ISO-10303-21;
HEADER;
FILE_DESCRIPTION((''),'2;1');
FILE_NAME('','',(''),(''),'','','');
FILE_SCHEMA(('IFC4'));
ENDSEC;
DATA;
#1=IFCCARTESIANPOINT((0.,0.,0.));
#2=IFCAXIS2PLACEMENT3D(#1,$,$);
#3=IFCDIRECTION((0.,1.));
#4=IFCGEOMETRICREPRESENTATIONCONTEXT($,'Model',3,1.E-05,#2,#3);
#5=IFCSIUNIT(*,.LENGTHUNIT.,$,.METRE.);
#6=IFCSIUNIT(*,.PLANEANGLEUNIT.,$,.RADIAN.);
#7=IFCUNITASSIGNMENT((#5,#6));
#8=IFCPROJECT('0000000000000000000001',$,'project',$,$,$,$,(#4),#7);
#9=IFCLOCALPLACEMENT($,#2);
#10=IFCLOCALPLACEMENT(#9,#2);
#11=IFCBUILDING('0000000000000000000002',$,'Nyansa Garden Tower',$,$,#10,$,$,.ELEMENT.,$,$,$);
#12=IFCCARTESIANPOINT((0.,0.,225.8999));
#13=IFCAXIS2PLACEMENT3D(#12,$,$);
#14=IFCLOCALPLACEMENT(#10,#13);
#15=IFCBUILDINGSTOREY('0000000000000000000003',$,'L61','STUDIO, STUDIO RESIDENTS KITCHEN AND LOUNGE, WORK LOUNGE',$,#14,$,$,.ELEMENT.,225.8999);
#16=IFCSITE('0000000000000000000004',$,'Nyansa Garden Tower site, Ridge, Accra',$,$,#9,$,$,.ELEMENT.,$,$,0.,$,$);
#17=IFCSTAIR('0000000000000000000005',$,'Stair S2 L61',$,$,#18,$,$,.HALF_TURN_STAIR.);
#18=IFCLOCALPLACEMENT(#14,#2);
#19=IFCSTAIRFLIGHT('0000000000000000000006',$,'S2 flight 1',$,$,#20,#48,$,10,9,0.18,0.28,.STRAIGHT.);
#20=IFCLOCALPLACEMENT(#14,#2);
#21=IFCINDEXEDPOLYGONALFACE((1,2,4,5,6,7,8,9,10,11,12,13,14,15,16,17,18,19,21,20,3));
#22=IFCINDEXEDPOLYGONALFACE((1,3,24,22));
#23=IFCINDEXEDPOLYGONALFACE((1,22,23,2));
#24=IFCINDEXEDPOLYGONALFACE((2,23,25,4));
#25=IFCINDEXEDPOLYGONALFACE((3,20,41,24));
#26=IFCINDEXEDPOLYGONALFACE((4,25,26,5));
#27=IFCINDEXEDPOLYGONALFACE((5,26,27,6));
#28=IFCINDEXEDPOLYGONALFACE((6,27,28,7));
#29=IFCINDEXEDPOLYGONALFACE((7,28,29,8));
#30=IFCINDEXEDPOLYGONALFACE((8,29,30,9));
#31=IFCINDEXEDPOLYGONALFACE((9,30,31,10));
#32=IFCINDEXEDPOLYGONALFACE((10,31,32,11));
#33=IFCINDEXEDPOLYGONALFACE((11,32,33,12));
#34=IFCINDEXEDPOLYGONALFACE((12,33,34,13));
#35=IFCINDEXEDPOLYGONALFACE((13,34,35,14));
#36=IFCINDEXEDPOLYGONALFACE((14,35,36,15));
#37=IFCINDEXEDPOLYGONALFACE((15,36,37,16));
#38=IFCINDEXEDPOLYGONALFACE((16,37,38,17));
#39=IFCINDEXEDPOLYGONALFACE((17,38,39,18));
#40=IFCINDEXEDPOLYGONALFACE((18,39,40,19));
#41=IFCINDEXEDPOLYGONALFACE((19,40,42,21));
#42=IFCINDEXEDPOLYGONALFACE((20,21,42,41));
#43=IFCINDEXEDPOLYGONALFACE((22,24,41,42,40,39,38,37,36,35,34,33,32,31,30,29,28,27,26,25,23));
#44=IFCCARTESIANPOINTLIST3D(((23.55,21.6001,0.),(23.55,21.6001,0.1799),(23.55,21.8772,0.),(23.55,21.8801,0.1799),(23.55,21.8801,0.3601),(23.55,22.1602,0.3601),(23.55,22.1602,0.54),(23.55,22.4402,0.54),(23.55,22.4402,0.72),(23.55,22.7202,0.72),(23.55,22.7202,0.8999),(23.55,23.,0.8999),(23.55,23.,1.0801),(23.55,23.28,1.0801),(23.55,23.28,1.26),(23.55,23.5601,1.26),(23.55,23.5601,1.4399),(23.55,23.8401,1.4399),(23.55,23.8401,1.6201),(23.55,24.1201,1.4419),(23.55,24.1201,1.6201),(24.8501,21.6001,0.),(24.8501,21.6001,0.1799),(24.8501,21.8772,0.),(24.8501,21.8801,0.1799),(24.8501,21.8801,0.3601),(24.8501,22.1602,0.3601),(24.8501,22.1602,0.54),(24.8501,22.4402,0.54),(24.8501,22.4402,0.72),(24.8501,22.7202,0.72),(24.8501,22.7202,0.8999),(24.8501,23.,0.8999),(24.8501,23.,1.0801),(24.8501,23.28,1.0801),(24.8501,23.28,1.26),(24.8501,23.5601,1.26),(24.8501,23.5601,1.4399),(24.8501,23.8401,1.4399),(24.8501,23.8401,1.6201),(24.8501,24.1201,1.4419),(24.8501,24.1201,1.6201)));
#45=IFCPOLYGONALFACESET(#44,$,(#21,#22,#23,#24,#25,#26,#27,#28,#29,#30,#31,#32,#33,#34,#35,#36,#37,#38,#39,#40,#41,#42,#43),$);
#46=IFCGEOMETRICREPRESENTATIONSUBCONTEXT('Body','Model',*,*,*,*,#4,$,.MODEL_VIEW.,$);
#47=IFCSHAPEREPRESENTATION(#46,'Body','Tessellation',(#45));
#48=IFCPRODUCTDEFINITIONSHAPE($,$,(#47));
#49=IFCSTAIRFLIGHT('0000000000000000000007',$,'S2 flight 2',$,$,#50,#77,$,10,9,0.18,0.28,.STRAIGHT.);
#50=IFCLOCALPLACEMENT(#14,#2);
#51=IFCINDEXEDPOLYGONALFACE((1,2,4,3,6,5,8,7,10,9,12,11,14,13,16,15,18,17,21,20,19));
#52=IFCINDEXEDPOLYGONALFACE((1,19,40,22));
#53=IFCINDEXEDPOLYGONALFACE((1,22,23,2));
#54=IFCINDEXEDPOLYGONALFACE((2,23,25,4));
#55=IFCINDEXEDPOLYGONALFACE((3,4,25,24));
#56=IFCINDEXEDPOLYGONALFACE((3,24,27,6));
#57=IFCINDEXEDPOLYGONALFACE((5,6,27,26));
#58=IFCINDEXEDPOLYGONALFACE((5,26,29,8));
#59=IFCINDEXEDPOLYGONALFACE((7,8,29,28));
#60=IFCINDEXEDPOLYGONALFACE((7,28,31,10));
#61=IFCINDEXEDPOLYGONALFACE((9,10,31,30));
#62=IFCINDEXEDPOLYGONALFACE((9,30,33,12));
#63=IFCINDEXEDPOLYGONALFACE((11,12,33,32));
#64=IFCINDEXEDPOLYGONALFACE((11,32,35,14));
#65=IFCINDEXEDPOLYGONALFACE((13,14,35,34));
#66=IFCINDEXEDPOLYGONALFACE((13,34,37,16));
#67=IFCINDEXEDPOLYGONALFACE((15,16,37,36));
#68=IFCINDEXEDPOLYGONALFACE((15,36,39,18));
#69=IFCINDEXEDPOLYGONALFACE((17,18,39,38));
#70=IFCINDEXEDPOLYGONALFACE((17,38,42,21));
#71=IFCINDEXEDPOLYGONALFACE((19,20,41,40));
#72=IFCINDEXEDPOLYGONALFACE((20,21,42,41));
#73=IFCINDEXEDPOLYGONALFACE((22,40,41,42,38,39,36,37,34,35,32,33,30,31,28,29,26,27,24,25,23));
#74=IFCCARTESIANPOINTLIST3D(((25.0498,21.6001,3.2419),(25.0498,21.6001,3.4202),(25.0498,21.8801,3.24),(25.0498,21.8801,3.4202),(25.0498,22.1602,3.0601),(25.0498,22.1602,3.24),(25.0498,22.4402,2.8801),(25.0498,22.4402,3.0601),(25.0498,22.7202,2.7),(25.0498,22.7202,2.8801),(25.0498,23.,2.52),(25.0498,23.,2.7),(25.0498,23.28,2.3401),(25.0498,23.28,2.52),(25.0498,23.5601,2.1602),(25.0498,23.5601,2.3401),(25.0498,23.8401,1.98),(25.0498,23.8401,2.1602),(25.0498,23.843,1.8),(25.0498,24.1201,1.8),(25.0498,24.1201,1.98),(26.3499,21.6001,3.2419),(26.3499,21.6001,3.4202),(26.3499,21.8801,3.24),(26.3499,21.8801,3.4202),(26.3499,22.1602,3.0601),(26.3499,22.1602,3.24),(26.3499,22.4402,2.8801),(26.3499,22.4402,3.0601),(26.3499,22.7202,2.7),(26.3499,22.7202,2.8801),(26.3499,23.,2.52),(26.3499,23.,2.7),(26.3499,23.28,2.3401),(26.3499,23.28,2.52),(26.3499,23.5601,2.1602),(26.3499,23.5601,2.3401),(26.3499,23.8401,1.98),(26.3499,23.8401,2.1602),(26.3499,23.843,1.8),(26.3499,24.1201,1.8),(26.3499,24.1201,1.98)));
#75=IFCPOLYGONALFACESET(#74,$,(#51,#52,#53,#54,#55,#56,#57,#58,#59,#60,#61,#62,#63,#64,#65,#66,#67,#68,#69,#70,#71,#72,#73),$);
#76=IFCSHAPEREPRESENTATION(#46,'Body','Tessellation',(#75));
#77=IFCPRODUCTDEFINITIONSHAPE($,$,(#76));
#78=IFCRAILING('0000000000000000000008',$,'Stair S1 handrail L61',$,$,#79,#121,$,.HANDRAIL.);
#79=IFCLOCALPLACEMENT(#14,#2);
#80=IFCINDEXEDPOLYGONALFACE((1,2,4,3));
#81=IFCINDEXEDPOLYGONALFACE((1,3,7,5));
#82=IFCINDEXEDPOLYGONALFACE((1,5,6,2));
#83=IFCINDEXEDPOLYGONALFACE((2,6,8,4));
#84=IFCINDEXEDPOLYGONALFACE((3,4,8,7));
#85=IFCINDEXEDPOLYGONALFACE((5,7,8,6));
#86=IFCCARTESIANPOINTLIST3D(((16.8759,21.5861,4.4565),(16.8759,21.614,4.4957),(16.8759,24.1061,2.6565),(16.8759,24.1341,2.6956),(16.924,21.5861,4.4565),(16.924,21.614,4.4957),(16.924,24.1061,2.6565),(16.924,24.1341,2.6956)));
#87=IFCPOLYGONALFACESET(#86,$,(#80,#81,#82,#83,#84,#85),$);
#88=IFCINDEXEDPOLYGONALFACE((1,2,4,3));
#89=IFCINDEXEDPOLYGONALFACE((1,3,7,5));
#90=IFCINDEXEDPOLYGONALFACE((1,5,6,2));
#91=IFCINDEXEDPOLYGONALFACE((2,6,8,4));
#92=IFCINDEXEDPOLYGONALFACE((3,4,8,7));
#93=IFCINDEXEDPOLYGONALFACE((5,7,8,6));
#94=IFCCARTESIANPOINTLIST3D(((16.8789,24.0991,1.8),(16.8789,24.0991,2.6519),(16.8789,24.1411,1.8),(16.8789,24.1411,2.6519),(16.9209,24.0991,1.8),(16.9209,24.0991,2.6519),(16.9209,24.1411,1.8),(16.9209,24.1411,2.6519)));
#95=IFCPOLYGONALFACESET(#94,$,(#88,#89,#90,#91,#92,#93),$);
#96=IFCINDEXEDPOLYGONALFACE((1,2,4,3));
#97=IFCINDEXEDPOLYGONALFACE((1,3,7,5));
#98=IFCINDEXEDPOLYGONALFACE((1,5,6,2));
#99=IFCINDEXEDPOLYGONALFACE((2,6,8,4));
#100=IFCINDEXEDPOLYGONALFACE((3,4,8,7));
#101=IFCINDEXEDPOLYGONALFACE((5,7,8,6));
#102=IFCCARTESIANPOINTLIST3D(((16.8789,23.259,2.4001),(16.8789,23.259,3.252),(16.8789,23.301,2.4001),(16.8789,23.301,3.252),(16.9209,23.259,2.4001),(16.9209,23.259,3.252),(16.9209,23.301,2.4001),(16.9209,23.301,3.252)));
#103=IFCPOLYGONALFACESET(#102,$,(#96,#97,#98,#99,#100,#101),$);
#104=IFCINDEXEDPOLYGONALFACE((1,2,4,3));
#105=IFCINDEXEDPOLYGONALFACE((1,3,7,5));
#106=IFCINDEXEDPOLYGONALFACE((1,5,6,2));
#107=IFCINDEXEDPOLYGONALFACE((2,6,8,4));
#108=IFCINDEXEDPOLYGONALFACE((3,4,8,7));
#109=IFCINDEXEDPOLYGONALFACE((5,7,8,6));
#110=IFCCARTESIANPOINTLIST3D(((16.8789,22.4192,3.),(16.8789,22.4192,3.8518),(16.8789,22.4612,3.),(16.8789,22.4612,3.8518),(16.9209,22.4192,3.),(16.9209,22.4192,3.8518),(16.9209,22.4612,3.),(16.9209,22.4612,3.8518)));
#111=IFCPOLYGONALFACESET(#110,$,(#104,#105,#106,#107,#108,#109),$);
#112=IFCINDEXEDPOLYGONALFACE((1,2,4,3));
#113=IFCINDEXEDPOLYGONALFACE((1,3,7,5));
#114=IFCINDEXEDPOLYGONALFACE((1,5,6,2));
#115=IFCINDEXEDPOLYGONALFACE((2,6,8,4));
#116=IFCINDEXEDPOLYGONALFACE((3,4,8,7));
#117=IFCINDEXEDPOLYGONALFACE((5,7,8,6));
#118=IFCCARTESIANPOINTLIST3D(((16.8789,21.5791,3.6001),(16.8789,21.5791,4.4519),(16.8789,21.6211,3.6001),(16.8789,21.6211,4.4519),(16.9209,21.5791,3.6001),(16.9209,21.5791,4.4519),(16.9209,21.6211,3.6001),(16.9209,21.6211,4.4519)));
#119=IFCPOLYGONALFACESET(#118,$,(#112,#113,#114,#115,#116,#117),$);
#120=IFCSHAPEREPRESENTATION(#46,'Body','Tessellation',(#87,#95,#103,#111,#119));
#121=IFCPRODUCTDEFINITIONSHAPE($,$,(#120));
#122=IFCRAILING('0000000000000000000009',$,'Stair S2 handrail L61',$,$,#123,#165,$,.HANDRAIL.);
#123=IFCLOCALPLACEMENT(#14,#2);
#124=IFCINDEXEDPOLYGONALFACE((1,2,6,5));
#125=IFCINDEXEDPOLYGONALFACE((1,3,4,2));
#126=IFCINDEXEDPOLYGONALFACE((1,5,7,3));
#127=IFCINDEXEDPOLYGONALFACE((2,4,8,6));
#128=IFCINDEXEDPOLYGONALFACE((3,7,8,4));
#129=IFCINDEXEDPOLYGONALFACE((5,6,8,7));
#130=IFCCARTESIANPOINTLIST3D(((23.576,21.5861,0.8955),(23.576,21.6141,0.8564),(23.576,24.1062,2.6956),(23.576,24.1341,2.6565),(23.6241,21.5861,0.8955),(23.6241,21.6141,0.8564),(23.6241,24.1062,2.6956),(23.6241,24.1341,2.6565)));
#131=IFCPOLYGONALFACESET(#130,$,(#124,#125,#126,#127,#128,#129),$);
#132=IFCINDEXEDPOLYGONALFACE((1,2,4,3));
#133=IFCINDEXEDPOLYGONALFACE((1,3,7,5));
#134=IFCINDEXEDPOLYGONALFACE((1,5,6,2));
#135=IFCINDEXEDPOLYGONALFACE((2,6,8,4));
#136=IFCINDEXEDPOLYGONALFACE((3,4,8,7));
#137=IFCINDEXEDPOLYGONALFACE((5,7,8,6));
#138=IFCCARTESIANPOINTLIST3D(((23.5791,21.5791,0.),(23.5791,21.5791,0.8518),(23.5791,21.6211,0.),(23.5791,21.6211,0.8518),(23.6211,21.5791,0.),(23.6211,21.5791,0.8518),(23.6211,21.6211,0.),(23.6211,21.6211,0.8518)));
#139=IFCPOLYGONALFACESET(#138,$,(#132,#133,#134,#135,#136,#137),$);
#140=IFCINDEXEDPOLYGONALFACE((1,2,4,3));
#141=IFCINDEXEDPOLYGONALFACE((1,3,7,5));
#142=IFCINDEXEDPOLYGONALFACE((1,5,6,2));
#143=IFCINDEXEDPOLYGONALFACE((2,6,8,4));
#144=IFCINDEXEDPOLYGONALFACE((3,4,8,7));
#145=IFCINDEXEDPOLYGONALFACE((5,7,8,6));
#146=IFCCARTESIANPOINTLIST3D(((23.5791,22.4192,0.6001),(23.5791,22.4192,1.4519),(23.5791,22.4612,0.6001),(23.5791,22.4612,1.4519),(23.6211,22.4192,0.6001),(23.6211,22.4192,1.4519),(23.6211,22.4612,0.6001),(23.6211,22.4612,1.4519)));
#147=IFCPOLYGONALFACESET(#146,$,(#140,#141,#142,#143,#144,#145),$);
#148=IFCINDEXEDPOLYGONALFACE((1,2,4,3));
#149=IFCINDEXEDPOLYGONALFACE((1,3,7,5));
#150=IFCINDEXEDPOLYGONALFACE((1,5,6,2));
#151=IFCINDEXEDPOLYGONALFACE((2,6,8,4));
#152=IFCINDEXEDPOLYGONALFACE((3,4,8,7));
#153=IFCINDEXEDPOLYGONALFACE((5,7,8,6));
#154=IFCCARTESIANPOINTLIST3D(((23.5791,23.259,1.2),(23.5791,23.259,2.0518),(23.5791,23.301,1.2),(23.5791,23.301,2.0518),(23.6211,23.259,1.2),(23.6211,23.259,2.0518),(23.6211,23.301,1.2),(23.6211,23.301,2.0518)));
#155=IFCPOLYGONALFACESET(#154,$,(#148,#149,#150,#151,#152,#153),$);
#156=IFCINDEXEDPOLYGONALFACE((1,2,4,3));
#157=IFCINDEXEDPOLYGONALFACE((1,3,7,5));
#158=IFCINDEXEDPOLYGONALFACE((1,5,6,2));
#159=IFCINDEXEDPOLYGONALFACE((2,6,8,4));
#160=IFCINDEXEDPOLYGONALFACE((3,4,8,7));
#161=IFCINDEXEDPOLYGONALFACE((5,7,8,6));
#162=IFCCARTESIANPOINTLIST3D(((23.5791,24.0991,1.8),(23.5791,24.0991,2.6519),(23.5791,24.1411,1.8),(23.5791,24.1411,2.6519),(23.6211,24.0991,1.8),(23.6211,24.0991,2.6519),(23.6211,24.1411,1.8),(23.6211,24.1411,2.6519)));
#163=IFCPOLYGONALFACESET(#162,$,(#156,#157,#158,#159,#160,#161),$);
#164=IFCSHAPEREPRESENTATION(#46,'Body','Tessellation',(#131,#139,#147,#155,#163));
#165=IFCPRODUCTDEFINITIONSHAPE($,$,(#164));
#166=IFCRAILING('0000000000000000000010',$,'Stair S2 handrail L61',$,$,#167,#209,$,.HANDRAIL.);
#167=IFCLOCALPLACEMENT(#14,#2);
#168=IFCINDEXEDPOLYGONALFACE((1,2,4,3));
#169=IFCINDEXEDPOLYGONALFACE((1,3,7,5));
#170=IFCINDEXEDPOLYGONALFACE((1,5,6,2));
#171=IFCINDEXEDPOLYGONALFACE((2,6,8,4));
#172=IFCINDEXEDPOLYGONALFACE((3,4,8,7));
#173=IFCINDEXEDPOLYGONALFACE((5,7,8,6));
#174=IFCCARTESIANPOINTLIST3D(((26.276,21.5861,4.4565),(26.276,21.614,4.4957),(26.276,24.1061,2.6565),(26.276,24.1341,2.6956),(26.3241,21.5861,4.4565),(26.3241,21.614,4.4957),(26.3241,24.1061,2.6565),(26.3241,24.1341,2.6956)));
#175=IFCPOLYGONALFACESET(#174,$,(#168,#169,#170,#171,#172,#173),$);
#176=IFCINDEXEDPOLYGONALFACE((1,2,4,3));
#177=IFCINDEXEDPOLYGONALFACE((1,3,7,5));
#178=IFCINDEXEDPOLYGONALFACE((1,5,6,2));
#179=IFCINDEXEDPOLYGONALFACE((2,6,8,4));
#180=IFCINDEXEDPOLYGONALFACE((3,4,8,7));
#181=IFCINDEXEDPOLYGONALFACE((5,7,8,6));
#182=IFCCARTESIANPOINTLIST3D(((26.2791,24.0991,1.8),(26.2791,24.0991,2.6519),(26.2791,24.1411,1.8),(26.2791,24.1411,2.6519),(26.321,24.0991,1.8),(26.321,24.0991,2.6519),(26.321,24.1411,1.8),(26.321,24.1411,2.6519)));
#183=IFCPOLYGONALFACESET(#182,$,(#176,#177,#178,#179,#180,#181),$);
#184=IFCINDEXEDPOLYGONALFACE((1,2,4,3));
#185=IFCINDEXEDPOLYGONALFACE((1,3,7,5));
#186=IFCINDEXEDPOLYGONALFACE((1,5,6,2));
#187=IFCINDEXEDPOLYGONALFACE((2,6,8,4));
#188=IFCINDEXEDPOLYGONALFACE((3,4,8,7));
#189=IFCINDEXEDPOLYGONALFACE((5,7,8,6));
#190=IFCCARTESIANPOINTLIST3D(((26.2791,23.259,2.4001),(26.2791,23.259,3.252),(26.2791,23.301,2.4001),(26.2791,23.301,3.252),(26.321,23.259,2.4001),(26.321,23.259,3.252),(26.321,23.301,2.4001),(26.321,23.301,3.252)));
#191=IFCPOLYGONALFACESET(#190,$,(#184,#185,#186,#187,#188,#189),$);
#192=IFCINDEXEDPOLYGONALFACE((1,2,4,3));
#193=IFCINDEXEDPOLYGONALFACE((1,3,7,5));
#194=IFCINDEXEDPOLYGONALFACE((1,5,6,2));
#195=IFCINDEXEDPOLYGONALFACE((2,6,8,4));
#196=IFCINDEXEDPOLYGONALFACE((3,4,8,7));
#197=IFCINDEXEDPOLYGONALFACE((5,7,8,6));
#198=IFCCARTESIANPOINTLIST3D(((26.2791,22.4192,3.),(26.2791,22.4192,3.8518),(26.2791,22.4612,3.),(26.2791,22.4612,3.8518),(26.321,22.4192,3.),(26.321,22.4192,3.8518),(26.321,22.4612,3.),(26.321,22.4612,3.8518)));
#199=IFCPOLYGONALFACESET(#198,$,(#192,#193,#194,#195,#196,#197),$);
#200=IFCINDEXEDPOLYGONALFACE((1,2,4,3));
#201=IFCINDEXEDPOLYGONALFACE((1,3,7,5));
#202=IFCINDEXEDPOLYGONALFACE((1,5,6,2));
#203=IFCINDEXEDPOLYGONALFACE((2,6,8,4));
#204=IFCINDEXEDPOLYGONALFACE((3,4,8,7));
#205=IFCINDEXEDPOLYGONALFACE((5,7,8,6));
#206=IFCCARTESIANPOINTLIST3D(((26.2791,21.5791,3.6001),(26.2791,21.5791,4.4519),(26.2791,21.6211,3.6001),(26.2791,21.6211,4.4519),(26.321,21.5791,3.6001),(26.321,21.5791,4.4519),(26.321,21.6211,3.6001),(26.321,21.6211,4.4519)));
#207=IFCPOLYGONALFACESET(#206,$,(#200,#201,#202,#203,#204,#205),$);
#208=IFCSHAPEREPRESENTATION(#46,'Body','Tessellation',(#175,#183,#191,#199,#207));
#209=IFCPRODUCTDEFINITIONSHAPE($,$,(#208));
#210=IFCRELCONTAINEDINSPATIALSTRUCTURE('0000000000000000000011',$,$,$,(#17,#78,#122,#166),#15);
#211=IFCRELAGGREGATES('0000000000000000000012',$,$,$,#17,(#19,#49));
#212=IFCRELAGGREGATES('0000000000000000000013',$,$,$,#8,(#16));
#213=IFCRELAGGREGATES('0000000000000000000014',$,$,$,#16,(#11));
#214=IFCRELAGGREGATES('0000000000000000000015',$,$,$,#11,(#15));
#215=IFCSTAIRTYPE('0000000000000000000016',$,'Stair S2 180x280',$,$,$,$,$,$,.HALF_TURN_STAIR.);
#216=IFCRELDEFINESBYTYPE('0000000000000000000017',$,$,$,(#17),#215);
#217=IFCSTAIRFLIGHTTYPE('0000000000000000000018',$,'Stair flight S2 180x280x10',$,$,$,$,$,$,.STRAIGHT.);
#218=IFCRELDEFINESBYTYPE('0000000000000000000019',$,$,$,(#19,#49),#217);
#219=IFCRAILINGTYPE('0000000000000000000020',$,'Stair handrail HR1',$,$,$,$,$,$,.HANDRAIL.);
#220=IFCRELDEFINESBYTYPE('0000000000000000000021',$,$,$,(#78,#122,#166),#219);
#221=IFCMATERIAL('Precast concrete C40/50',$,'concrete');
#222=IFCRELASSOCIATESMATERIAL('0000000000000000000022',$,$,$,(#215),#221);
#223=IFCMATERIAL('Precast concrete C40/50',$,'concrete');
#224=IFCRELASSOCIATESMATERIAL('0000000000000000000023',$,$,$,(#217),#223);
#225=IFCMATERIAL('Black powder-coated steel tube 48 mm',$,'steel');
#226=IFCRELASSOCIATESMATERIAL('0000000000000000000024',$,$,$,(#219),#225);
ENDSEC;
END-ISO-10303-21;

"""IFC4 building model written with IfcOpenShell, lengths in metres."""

from ifc_helpers import new_model, si_unit, direction, frame, origin, origin_2d, place, context, subcontext, project, spatial, polyline, rectangle, outline, extrude, material, type_object, element, aggregate, save


model = new_model("IFC4")

# Units and contexts
model_context = context("Model", 3, precision=1e-05, world=origin(), true_north=direction((0.0, 1.0)))
body_context = subcontext(model_context, "Body", "Model", "MODEL_VIEW")
ifc_project = project(units=[si_unit("LENGTHUNIT", "METRE"), si_unit("PLANEANGLEUNIT", "RADIAN")], contexts=[model_context])

# Site, building, storey
site_placement = place(None, origin())
site = spatial("IfcSite", under=ifc_project, at=site_placement, Name="Nyansa Garden Tower site, Ridge, Accra", CompositionType="ELEMENT", RefElevation=0.0)
building_placement = place(site_placement, origin())
building = spatial("IfcBuilding", under=site, at=building_placement, Name="Nyansa Garden Tower", CompositionType="ELEMENT")
storey_placement = place(building_placement, frame((0.0, 0.0, 225.8999)))
storey = spatial("IfcBuildingStorey", under=building, at=storey_placement, Name="L61", Description="STUDIO, STUDIO RESIDENTS KITCHEN AND LOUNGE, WORK LOUNGE", CompositionType="ELEMENT", Elevation=225.8999)

# Stair, stair flights
ifc_material_1 = material(Name="Precast concrete C40/50", Category="concrete")
stair_type = type_object("IfcStairType", Name="Stair S2 180x280", PredefinedType="HALF_TURN_STAIR", material=ifc_material_1)
stair_placement = place(storey_placement, origin())
stair = element("IfcStair", 1, at=stair_placement, inside=storey, type_object=stair_type, Name="Stair S2 L61", PredefinedType="HALF_TURN_STAIR")
ifc_material_2 = material(Name="Precast concrete C40/50", Category="concrete")
stair_flight_type = type_object("IfcStairFlightType", Name="Stair flight S2 180x280x10", PredefinedType="STRAIGHT", material=ifc_material_2)
stair_flight_1_placement = place(storey_placement, frame((24.2, 21.6001, 0.0), z_axis=(0.0, 0.0, 1.0), x_axis=(0.0, 1.0, 0.0)))
stair_flight_1 = element("IfcStairFlight", 2, at=stair_flight_1_placement, type_object=stair_flight_type, Name="S2 flight 1", NumberOfRisers=10, NumberOfTreads=9, PredefinedType="STRAIGHT", RiserHeight=0.18, TreadLength=0.28, context=body_context, shape_type="SweptSolid", body=[
    extrude(outline(polyline([(0.0, 0.0), (0.0, 0.1799), (0.28, 0.1799), (0.28, 0.3601), (0.5601, 0.3601), (0.5601, 0.54), (0.8401, 0.54), (0.8401, 0.72), (1.1201, 0.72), (1.1201, 0.8999), (1.3999, 0.8999), (1.3999, 1.0801), (1.6799, 1.0801), (1.6799, 1.26), (1.96, 1.26), (1.96, 1.4399), (2.24, 1.4399), (2.24, 1.6201), (2.52, 1.6201), (2.52, 1.8), (2.52, 1.4419), (0.2771, 0.0), (0.0, 0.0)])), frame((0.0, 0.6499, 0.0), z_axis=(0.0, -1.0, 0.0), x_axis=(1.0, 0.0, 0.0)), (0.0, 0.0, 1.0), 1.3),
])
stair_flight_2_placement = place(storey_placement, frame((25.7, 24.1201, 1.8), z_axis=(0.0, 0.0, 1.0), x_axis=(0.0, -1.0, 0.0)))
stair_flight_2 = element("IfcStairFlight", 3, at=stair_flight_2_placement, type_object=stair_flight_type, Name="S2 flight 2", NumberOfRisers=10, NumberOfTreads=9, PredefinedType="STRAIGHT", RiserHeight=0.18, TreadLength=0.28, context=body_context, shape_type="SweptSolid", body=[
    extrude(outline(polyline([(0.0, 0.0), (0.0, 0.1799), (0.28, 0.1799), (0.28, 0.3601), (0.5601, 0.3601), (0.5601, 0.54), (0.8401, 0.54), (0.8401, 0.72), (1.1201, 0.72), (1.1201, 0.8999), (1.3999, 0.8999), (1.3999, 1.0801), (1.6799, 1.0801), (1.6799, 1.26), (1.96, 1.26), (1.96, 1.4399), (2.24, 1.4399), (2.24, 1.6201), (2.52, 1.6201), (2.52, 1.8), (2.52, 1.4419), (0.2771, 0.0), (0.0, 0.0)])), frame((0.0, 0.6499, 0.0), z_axis=(0.0, -1.0, 0.0), x_axis=(1.0, 0.0, 0.0)), (0.0, 0.0, 1.0), 1.3),
])
aggregate(stair, [stair_flight_1, stair_flight_2])

# Railings
ifc_material_3 = material(Name="Black powder-coated steel tube 48 mm", Category="steel")
railing_type = type_object("IfcRailingType", Name="Stair handrail HR1", PredefinedType="HANDRAIL", material=ifc_material_3)
railing_1_placement = place(storey_placement, frame((16.8999, 24.1201, 1.8)))
element("IfcRailing", 4, at=railing_1_placement, inside=storey, type_object=railing_type, Name="Stair S1 handrail L61", PredefinedType="HANDRAIL", context=body_context, shape_type="SweptSolid", body=[
    extrude(rectangle(XDim=0.0481, YDim=0.0481, at=origin_2d()), frame((0.0, 0.0, 0.876), z_axis=(0.0, -0.813728, 0.581246), x_axis=(1.0, 0.0, 0.0)), (0.0, 0.0, 1.0), 3.0969),
    extrude(rectangle(XDim=0.042, YDim=0.042, at=origin_2d()), origin(), (0.0, 0.0, 1.0), 0.8518),
    extrude(rectangle(XDim=0.042, YDim=0.042, at=origin_2d()), frame((0.0, -0.8401, 0.6001)), (0.0, 0.0, 1.0), 0.8518),
    extrude(rectangle(XDim=0.042, YDim=0.042, at=origin_2d()), frame((0.0, -1.6799, 1.2)), (0.0, 0.0, 1.0), 0.8518),
    extrude(rectangle(XDim=0.042, YDim=0.042, at=origin_2d()), frame((0.0, -2.52, 1.8)), (0.0, 0.0, 1.0), 0.8518),
])
railing_2_placement = place(storey_placement, frame((23.6001, 21.6001, 0.0)))
element("IfcRailing", 5, at=railing_2_placement, inside=storey, type_object=railing_type, Name="Stair S2 handrail L61", PredefinedType="HANDRAIL", context=body_context, shape_type="SweptSolid", body=[
    extrude(rectangle(XDim=0.0481, YDim=0.0481, at=origin_2d()), frame((0.0, 0.0, 0.876), z_axis=(0.0, 0.813728, 0.581246), x_axis=(-1.0, 0.0, 0.0)), (0.0, 0.0, 1.0), 3.0969),
    extrude(rectangle(XDim=0.042, YDim=0.042, at=origin_2d()), origin(), (0.0, 0.0, 1.0), 0.8518),
    extrude(rectangle(XDim=0.042, YDim=0.042, at=origin_2d()), frame((0.0, 0.8401, 0.6001)), (0.0, 0.0, 1.0), 0.8518),
    extrude(rectangle(XDim=0.042, YDim=0.042, at=origin_2d()), frame((0.0, 1.6799, 1.2)), (0.0, 0.0, 1.0), 0.8518),
    extrude(rectangle(XDim=0.042, YDim=0.042, at=origin_2d()), frame((0.0, 2.52, 1.8)), (0.0, 0.0, 1.0), 0.8518),
])
railing_3_placement = place(storey_placement, frame((26.3, 24.1201, 1.8)))
element("IfcRailing", 6, at=railing_3_placement, inside=storey, type_object=railing_type, Name="Stair S2 handrail L61", PredefinedType="HANDRAIL", context=body_context, shape_type="SweptSolid", body=[
    extrude(rectangle(XDim=0.0481, YDim=0.0481, at=origin_2d()), frame((0.0, 0.0, 0.876), z_axis=(0.0, -0.813728, 0.581246), x_axis=(1.0, 0.0, 0.0)), (0.0, 0.0, 1.0), 3.0969),
    extrude(rectangle(XDim=0.042, YDim=0.042, at=origin_2d()), origin(), (0.0, 0.0, 1.0), 0.8518),
    extrude(rectangle(XDim=0.042, YDim=0.042, at=origin_2d()), frame((0.0, -0.8401, 0.6001)), (0.0, 0.0, 1.0), 0.8518),
    extrude(rectangle(XDim=0.042, YDim=0.042, at=origin_2d()), frame((0.0, -1.6799, 1.2)), (0.0, 0.0, 1.0), 0.8518),
    extrude(rectangle(XDim=0.042, YDim=0.042, at=origin_2d()), frame((0.0, -2.52, 1.8)), (0.0, 0.0, 1.0), 0.8518),
])

save(model, "model.ifc")
